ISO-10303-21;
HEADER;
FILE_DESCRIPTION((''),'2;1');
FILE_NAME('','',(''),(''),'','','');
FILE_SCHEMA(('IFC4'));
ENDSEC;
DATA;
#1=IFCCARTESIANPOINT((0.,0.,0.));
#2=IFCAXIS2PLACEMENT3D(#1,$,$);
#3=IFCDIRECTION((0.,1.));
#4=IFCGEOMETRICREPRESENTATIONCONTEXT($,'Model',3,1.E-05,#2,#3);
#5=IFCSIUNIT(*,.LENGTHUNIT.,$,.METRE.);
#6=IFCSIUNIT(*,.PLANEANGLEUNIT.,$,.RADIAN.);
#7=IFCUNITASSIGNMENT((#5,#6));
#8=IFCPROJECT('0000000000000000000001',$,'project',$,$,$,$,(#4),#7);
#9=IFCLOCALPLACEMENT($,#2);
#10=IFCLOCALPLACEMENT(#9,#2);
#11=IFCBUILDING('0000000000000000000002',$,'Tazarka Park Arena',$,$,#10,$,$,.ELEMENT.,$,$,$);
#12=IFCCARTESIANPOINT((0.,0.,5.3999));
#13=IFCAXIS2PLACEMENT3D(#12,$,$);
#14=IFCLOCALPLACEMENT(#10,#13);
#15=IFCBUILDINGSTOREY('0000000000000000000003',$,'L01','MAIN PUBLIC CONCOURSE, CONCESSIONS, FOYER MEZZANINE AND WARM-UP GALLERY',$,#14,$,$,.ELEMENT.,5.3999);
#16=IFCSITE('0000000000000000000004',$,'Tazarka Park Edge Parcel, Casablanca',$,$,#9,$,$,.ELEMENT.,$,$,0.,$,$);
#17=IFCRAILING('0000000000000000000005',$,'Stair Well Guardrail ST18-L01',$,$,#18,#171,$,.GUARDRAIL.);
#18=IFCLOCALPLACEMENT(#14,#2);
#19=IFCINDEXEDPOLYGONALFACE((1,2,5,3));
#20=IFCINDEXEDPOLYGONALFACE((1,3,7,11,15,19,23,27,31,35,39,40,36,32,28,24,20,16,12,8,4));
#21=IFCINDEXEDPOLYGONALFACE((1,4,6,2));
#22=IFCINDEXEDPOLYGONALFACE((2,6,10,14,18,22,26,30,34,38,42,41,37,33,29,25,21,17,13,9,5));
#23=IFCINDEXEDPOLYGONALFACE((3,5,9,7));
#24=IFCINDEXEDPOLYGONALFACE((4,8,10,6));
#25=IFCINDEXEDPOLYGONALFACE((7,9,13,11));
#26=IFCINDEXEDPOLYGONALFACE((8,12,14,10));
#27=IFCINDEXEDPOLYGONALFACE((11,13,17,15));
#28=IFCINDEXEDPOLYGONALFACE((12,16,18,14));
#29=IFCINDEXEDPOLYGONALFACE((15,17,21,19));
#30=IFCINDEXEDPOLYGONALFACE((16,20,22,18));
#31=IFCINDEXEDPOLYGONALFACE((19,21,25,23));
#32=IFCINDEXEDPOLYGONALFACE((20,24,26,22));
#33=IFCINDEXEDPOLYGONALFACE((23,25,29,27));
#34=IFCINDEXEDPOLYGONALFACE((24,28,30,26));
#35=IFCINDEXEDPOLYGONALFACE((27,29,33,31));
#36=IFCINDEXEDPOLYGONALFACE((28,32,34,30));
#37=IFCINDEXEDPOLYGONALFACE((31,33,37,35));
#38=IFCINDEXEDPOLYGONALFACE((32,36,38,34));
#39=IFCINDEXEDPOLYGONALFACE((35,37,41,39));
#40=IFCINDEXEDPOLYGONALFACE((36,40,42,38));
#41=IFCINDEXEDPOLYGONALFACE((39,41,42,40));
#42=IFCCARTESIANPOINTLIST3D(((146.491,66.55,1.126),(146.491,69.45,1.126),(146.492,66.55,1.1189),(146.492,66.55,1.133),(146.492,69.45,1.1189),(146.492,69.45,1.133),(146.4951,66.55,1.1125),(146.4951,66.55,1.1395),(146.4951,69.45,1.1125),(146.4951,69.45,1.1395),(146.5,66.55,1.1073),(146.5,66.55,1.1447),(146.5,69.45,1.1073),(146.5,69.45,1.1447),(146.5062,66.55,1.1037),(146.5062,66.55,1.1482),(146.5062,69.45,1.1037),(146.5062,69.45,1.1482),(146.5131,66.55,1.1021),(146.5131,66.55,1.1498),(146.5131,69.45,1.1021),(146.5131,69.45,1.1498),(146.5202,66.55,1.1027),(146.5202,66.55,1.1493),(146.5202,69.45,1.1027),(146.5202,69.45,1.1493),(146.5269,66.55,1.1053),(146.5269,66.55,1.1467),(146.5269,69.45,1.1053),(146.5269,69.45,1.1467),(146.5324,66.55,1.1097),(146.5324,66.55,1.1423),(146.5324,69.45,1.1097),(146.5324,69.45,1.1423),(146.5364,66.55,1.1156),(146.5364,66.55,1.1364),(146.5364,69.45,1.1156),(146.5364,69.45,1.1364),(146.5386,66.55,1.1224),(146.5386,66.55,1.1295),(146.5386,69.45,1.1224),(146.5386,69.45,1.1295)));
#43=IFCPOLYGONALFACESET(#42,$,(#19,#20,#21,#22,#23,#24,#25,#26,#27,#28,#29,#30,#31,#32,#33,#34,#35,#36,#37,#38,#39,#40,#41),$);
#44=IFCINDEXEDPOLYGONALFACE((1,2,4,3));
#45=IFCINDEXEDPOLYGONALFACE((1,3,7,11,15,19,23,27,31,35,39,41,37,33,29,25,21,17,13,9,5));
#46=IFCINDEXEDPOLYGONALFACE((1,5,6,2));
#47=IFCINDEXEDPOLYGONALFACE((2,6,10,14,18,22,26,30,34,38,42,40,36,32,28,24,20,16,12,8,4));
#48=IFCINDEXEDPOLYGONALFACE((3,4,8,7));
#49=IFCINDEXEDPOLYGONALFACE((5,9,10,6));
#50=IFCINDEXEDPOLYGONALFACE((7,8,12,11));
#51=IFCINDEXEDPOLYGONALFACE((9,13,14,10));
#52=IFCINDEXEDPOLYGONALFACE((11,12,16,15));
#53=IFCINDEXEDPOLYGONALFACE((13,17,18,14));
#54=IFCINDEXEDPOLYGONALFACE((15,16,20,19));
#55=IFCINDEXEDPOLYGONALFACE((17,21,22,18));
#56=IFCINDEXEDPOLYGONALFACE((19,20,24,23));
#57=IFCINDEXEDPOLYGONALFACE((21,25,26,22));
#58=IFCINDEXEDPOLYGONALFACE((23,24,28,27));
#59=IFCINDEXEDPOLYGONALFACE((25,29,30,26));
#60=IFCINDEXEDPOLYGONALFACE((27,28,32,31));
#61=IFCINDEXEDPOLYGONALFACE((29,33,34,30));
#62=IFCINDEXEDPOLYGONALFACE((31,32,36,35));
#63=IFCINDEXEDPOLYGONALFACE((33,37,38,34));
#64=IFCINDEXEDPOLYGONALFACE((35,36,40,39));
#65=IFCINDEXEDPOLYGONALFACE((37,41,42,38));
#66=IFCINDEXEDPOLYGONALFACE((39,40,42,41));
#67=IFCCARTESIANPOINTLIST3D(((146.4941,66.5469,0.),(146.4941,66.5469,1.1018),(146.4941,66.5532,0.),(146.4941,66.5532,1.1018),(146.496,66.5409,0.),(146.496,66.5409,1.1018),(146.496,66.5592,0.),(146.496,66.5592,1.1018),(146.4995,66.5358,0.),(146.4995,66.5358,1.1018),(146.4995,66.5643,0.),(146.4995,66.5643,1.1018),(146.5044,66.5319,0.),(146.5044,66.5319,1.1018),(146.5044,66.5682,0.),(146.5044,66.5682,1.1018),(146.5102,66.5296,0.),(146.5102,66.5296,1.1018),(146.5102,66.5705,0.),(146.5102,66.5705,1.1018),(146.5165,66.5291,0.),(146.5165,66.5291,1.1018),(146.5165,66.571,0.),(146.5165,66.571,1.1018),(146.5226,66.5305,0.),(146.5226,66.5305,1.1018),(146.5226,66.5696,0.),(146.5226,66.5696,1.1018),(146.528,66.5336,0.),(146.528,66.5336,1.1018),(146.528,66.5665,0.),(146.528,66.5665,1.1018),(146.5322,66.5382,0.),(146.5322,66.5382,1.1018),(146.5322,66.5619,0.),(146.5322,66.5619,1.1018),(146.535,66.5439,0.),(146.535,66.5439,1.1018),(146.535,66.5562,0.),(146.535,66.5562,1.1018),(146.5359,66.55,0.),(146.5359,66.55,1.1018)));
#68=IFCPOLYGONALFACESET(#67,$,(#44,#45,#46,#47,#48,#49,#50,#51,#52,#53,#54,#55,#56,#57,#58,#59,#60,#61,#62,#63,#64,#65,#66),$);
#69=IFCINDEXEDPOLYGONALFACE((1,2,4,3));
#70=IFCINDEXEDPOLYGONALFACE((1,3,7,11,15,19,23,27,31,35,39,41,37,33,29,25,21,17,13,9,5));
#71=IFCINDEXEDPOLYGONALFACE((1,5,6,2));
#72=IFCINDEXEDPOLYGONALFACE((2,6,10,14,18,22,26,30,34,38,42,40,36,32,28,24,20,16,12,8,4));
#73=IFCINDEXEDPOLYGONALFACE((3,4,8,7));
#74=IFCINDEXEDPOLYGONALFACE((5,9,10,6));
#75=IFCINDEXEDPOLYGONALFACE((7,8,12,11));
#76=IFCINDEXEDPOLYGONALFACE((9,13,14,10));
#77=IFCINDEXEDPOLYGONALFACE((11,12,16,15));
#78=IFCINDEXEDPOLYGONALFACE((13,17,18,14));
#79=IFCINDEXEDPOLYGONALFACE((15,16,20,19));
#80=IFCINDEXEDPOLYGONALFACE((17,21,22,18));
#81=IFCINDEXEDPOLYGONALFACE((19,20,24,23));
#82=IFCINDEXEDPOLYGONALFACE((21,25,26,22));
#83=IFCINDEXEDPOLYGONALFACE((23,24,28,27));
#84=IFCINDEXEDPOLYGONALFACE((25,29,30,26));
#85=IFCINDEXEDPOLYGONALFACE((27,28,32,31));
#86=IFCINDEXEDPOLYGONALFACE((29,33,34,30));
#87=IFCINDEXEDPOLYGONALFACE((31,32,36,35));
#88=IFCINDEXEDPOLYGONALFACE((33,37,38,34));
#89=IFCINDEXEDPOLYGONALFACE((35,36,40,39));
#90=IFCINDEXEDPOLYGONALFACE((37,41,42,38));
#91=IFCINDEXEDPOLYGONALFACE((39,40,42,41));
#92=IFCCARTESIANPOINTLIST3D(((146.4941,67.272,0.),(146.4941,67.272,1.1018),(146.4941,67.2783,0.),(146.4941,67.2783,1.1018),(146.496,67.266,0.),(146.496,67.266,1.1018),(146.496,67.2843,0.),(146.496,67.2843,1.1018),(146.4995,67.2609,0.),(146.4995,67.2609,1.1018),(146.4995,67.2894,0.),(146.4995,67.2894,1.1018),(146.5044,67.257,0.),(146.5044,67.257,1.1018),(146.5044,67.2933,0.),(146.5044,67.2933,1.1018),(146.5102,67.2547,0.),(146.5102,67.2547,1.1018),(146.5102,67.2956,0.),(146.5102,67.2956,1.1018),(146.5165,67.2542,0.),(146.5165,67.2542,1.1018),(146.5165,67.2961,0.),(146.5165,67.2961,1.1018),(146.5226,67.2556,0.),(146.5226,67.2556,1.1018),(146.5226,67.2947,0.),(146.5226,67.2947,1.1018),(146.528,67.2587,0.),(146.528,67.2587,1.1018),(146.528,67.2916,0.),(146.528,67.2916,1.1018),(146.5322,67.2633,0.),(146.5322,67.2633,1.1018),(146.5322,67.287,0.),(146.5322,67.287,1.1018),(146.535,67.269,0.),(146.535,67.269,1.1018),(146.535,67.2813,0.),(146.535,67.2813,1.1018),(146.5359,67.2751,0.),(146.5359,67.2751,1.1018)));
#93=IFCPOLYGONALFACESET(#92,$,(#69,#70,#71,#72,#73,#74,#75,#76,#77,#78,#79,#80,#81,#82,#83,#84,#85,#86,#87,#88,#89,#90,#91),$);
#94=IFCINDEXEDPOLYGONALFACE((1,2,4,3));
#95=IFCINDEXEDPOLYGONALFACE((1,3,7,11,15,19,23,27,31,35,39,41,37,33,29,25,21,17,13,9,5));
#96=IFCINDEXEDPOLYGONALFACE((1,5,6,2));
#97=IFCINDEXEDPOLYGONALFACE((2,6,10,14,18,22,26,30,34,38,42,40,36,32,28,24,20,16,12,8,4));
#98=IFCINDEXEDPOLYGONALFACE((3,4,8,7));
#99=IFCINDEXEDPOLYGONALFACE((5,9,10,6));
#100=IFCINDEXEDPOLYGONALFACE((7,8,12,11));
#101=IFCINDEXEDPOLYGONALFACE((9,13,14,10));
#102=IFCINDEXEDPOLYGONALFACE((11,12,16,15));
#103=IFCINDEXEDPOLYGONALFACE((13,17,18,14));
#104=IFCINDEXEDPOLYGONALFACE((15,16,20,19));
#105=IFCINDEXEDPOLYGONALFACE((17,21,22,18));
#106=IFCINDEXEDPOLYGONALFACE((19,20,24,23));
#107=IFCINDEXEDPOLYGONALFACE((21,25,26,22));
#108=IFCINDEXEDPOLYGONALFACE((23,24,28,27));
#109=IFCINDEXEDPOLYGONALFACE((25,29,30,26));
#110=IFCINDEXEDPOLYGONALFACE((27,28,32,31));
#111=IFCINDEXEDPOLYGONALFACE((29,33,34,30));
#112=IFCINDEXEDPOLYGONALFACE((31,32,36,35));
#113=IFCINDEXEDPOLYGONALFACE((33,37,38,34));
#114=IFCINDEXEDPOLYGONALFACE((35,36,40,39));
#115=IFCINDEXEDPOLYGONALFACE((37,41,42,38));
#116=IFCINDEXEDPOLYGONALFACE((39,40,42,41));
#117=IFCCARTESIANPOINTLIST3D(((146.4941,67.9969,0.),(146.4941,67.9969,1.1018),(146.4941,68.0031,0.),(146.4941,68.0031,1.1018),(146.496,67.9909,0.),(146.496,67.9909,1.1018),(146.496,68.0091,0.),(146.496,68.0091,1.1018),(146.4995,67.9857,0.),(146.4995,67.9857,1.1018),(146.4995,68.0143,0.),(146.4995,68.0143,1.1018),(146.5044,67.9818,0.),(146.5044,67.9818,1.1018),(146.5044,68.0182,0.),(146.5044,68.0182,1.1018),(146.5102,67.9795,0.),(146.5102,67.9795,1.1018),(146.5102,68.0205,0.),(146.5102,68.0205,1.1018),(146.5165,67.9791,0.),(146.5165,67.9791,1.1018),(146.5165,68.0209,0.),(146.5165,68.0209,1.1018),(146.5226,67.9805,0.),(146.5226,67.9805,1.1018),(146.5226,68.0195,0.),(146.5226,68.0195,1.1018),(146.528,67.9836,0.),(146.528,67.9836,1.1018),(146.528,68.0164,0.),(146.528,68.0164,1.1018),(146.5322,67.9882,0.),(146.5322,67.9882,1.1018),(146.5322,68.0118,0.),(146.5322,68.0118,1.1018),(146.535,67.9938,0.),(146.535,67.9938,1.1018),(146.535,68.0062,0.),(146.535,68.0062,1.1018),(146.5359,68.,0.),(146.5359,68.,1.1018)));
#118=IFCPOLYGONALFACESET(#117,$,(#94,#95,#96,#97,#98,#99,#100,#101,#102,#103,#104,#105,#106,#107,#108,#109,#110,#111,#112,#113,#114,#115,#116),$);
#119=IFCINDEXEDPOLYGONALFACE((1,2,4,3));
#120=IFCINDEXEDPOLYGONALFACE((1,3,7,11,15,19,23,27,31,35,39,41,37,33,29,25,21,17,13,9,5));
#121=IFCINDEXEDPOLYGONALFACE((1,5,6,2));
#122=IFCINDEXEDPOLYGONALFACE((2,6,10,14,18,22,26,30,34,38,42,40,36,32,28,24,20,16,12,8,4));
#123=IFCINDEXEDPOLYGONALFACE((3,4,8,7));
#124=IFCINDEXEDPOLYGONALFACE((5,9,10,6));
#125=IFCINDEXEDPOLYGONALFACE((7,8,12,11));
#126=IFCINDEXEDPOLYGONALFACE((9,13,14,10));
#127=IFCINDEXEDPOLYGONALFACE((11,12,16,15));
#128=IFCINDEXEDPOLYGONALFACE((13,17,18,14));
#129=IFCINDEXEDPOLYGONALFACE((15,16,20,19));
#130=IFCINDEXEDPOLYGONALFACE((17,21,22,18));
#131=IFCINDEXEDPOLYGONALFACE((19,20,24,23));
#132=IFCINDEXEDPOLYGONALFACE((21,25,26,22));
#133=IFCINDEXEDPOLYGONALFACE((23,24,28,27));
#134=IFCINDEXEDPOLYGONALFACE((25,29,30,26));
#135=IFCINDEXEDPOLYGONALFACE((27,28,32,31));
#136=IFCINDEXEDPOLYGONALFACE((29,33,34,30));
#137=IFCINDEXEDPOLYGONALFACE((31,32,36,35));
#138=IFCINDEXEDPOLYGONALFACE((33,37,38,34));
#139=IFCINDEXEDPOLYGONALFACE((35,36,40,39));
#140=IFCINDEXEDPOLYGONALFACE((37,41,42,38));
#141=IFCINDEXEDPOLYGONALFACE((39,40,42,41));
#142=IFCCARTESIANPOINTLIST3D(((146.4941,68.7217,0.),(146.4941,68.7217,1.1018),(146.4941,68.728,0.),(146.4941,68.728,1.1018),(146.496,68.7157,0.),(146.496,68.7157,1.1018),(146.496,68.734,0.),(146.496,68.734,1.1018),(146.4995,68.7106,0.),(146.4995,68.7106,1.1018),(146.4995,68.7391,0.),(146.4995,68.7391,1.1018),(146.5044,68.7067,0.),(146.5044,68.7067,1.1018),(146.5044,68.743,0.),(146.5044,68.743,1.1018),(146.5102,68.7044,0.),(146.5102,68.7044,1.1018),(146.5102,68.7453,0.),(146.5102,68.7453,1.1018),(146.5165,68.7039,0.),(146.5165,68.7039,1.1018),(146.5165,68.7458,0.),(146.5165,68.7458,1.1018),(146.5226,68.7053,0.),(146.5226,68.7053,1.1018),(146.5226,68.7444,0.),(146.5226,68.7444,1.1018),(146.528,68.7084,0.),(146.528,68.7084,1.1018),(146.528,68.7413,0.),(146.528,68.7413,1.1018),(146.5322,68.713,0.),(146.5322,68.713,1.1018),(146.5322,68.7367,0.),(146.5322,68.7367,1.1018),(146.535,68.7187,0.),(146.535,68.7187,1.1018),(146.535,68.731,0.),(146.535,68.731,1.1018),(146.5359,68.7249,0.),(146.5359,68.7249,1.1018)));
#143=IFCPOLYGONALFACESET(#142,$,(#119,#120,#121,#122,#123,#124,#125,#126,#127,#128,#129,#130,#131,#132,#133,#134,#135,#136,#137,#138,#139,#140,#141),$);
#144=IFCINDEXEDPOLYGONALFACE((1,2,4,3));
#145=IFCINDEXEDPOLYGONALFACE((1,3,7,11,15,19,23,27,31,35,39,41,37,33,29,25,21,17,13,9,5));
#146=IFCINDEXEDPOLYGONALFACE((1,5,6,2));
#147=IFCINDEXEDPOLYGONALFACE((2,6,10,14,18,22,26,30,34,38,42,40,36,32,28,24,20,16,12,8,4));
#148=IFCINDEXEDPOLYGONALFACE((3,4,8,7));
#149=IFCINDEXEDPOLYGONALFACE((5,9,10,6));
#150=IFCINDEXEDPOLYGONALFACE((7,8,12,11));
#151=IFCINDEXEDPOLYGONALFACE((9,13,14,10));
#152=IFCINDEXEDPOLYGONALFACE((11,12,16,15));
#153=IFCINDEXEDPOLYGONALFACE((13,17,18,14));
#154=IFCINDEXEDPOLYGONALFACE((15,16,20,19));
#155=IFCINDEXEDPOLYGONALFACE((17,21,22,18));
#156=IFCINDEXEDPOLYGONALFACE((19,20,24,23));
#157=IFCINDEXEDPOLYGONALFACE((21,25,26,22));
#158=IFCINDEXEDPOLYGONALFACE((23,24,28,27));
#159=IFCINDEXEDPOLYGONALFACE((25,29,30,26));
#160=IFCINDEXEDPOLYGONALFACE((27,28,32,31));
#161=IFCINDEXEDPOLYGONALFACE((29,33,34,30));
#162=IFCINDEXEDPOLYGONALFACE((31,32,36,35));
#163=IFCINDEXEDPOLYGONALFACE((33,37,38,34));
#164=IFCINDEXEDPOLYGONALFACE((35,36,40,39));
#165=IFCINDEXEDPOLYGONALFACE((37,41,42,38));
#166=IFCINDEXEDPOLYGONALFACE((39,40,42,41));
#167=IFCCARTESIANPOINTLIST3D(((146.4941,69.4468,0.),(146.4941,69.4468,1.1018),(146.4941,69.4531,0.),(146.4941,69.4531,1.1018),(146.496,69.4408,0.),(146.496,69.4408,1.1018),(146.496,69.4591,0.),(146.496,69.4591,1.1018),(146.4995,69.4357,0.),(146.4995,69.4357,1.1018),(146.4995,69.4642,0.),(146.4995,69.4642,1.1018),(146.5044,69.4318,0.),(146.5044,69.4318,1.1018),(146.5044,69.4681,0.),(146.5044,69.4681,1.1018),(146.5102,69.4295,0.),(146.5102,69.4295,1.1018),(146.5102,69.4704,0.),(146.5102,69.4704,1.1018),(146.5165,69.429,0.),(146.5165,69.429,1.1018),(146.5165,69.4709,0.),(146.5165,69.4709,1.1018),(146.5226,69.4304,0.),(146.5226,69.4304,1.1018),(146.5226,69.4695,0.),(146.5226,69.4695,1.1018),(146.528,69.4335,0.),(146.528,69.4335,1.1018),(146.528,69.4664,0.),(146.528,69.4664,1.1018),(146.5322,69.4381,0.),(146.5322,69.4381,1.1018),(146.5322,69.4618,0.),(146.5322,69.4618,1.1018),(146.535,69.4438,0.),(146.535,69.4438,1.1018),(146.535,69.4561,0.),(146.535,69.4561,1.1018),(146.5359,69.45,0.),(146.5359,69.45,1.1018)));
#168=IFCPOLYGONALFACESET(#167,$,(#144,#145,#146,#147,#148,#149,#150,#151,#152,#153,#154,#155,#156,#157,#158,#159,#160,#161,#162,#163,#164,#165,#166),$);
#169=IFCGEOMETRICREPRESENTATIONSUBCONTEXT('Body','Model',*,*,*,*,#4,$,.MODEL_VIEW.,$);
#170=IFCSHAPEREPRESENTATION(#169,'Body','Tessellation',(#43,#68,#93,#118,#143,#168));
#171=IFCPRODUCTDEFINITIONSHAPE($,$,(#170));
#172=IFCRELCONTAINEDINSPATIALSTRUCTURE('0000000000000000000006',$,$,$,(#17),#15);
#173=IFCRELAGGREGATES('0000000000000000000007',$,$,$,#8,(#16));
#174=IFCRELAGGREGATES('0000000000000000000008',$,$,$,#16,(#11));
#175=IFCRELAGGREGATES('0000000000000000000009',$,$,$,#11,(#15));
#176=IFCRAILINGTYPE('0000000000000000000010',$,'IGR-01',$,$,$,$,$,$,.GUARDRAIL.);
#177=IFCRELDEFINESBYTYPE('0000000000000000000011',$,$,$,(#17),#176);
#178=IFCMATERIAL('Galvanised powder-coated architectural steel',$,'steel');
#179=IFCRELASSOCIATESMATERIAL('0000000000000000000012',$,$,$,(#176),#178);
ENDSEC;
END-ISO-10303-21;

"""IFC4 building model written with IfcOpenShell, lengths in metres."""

from ifc_helpers import new_model, si_unit, direction, frame, origin, origin_2d, place, context, subcontext, project, spatial, circle, extrude, material, type_object, element, save


model = new_model("IFC4")

# Units and contexts
model_context = context("Model", 3, precision=1e-05, world=origin(), true_north=direction((0.0, 1.0)))
body_context = subcontext(model_context, "Body", "Model", "MODEL_VIEW")
ifc_project = project(units=[si_unit("LENGTHUNIT", "METRE"), si_unit("PLANEANGLEUNIT", "RADIAN")], contexts=[model_context])

# Site, building, storey
site_placement = place(None, origin())
site = spatial("IfcSite", under=ifc_project, at=site_placement, Name="Tazarka Park Edge Parcel, Casablanca", CompositionType="ELEMENT", RefElevation=0.0)
building_placement = place(site_placement, origin())
building = spatial("IfcBuilding", under=site, at=building_placement, Name="Tazarka Park Arena", CompositionType="ELEMENT")
storey_placement = place(building_placement, frame((0.0, 0.0, 5.3999)))
storey = spatial("IfcBuildingStorey", under=building, at=storey_placement, Name="L01", Description="MAIN PUBLIC CONCOURSE, CONCESSIONS, FOYER MEZZANINE AND WARM-UP GALLERY", CompositionType="ELEMENT", Elevation=5.3999)

# Railing
ifc_material_1 = material(Name="Galvanised powder-coated architectural steel", Category="steel")
railing_type_1 = type_object("IfcRailingType", Name="IGR-01", PredefinedType="GUARDRAIL", material=ifc_material_1)
for number, where, name in (
    (1, (146.5149, 66.55, 0.0), "Stair Well Guardrail ST18-L01"),
):
    element("IfcRailing", number, at=place(storey_placement, frame(where)), inside=storey, type_object=railing_type_1, Name=name, PredefinedType="GUARDRAIL", context=body_context, shape_type="SweptSolid", body=[
        extrude(circle(Radius=0.0239, at=origin_2d()), frame((0.0, 0.0, 1.126), z_axis=(0.0, 1.0, 0.0), x_axis=(-1.0, 0.0, 0.0)), (0.0, 0.0, 1.0), 2.8999),
        extrude(circle(Radius=0.021, at=origin_2d()), origin(), (0.0, 0.0, 1.0), 1.1018),
        extrude(circle(Radius=0.021, at=origin_2d()), frame((0.0, 0.7251, 0.0)), (0.0, 0.0, 1.0), 1.1018),
        extrude(circle(Radius=0.021, at=origin_2d()), frame((0.0, 1.45, 0.0)), (0.0, 0.0, 1.0), 1.1018),
        extrude(circle(Radius=0.021, at=origin_2d()), frame((0.0, 2.1748, 0.0)), (0.0, 0.0, 1.0), 1.1018),
        extrude(circle(Radius=0.021, at=origin_2d()), frame((0.0, 2.8999, 0.0)), (0.0, 0.0, 1.0), 1.1018),
    ])

save(model, "model.ifc")
